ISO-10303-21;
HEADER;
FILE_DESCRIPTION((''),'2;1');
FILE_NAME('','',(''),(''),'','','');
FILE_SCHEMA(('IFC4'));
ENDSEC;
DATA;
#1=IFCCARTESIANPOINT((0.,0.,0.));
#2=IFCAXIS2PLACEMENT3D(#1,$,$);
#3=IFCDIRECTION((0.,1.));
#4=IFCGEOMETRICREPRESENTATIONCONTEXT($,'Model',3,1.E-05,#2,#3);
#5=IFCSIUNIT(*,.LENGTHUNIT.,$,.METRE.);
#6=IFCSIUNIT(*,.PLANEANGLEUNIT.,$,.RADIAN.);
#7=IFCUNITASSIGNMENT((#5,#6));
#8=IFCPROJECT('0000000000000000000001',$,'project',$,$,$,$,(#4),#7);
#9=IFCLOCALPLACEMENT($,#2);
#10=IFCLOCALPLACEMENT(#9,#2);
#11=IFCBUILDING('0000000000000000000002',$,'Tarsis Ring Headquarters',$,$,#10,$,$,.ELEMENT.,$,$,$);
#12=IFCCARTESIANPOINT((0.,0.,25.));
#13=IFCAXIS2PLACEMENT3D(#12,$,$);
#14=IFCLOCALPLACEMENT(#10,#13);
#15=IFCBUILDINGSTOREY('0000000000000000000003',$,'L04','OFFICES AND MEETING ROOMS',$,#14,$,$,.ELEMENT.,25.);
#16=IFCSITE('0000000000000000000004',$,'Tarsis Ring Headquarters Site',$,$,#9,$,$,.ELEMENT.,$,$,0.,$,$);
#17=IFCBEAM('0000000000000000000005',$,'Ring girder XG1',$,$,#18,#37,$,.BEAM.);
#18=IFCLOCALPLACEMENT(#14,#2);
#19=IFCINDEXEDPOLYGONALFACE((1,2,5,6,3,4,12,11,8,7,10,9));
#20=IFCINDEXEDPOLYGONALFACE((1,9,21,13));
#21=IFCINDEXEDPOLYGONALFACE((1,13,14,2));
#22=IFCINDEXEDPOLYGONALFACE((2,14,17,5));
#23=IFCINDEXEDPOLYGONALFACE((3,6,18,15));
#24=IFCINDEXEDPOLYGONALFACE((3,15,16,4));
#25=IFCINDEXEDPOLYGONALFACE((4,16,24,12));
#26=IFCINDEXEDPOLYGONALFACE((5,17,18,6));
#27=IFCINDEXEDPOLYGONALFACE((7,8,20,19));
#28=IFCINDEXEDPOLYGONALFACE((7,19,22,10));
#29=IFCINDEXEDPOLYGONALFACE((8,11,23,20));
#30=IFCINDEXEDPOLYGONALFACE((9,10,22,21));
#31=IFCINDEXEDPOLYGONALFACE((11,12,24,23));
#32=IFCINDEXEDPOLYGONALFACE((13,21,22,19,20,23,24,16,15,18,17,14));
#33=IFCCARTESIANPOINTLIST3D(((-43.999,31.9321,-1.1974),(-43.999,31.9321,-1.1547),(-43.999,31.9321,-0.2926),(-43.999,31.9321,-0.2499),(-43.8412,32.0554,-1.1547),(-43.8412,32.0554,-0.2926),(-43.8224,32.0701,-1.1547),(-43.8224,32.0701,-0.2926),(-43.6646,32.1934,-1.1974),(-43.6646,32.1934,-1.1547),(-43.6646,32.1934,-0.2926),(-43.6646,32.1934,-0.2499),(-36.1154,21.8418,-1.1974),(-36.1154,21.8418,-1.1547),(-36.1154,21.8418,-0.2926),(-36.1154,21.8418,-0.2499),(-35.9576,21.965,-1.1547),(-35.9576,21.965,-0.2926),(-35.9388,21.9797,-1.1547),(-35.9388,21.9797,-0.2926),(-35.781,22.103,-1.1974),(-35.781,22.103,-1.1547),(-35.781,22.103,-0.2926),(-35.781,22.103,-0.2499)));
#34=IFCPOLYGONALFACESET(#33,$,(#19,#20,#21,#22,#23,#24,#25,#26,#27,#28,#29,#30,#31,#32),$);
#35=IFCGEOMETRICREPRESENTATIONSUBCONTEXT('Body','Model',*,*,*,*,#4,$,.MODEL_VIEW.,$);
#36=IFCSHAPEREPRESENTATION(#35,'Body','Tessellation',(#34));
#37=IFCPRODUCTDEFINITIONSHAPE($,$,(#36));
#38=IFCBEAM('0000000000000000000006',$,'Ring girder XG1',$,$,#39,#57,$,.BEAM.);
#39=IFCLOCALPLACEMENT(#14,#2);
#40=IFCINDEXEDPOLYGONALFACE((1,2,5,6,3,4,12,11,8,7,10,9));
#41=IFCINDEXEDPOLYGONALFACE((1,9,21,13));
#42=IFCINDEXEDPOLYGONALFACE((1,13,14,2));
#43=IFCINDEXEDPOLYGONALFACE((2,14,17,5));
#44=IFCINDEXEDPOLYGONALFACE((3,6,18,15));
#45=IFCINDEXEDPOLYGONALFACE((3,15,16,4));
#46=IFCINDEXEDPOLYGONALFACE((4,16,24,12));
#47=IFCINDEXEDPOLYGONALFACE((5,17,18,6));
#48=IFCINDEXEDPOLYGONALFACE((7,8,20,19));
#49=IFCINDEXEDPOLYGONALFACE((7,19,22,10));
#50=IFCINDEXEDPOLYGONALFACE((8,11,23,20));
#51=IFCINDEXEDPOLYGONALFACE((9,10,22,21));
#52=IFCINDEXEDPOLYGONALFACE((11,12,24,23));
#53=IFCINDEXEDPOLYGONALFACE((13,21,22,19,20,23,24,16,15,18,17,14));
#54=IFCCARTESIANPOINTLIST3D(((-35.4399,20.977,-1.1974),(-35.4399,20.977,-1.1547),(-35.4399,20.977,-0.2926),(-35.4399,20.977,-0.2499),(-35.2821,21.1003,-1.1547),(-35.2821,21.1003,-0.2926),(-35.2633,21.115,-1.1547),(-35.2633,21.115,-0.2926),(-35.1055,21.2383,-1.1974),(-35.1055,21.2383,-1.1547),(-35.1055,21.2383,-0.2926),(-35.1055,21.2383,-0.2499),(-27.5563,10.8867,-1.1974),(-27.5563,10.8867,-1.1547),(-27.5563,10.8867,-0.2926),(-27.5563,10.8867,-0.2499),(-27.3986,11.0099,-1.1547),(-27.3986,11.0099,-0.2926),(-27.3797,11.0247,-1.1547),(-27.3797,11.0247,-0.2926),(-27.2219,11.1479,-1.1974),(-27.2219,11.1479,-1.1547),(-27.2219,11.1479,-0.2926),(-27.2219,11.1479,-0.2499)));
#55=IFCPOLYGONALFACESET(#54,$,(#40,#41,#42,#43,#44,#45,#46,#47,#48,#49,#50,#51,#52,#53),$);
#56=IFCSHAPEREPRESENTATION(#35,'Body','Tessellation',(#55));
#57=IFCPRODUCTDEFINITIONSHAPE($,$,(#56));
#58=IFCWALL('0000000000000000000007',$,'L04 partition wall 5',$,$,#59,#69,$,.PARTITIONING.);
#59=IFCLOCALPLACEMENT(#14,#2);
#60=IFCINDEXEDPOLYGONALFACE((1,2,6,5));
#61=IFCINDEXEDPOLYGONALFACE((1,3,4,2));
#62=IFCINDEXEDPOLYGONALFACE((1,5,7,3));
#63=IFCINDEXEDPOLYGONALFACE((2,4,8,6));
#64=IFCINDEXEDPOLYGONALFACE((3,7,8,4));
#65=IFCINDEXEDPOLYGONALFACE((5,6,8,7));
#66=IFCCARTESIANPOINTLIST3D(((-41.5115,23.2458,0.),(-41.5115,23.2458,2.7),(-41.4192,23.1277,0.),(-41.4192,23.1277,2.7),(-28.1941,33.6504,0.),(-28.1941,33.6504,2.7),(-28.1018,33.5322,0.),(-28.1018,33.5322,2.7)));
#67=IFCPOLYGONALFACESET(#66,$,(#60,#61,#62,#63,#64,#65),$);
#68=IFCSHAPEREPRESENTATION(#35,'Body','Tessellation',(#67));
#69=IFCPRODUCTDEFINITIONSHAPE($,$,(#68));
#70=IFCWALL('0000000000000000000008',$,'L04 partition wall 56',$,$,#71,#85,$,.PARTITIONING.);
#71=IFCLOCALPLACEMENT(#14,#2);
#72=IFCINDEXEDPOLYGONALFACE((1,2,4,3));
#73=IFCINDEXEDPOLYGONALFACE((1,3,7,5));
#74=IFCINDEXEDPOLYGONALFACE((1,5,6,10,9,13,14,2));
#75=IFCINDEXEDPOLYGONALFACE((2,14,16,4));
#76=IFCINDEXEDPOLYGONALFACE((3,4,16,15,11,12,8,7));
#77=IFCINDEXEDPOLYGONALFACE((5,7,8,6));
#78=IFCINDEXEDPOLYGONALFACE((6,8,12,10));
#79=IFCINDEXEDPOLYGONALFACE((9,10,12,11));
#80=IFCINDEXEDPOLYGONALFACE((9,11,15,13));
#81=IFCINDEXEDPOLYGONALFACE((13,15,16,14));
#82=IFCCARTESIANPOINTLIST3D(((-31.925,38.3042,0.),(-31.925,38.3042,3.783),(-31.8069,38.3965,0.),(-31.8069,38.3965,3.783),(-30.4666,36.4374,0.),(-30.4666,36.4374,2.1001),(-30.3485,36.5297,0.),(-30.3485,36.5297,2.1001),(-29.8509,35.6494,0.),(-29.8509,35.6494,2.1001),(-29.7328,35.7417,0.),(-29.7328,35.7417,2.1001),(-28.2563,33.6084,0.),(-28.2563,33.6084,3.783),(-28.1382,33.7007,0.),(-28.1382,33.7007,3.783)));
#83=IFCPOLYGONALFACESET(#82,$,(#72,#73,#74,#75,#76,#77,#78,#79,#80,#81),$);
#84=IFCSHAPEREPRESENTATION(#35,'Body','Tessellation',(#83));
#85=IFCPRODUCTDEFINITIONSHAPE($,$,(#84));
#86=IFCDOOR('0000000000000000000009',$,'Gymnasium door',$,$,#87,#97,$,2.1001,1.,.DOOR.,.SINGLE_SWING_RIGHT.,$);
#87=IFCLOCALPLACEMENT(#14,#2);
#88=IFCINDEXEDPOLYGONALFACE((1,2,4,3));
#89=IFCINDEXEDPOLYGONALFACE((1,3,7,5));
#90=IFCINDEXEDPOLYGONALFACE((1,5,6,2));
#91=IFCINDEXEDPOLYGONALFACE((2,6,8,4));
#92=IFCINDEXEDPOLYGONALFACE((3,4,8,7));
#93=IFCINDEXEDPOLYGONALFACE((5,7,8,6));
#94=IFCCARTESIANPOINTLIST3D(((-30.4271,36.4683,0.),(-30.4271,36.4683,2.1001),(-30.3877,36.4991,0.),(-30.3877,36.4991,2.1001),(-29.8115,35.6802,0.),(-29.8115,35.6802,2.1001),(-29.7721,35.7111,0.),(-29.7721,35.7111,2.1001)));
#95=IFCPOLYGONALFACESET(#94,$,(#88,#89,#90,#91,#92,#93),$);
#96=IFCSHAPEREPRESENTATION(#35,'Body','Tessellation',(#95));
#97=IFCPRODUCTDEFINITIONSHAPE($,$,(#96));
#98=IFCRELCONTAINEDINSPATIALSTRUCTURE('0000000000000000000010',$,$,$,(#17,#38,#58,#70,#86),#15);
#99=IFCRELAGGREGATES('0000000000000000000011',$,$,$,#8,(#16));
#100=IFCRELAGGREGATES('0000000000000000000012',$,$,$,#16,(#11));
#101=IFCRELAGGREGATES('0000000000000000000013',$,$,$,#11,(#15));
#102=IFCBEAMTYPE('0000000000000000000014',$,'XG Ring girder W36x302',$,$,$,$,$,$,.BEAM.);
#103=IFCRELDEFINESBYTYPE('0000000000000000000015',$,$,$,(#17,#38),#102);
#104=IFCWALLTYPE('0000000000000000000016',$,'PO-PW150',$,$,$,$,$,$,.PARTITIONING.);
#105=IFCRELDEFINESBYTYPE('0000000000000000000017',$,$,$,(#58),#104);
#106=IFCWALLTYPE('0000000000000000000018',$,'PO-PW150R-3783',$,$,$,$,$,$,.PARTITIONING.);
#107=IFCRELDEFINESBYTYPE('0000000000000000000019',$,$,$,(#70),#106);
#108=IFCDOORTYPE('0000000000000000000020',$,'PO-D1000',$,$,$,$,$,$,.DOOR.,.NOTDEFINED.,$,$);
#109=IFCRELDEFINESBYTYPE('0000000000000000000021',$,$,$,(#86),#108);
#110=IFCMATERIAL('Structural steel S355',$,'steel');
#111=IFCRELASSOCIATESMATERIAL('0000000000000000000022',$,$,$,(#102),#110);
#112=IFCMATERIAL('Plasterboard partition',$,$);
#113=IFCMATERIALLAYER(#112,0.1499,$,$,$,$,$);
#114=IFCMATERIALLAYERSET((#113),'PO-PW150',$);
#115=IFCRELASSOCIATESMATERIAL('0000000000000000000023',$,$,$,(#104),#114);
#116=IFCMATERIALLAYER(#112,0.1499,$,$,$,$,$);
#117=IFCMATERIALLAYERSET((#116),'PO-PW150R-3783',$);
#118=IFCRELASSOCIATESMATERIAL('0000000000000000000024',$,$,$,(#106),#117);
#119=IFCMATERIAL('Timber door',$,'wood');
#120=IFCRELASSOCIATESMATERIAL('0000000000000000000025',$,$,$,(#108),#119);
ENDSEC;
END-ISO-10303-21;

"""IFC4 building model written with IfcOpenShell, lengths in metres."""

from ifc_helpers import new_model, si_unit, direction, frame, frame_2d, origin, origin_2d, place, context, subcontext, project, spatial, rectangle, i_section, extrude, material, layer, layer_set, material_profile, profile_set, type_object, element, fill, save


model = new_model("IFC4")

# Units and contexts
model_context = context("Model", 3, precision=1e-05, world=origin(), true_north=direction((0.0, 1.0)))
body_context = subcontext(model_context, "Body", "Model", "MODEL_VIEW")
ifc_project = project(units=[si_unit("LENGTHUNIT", "METRE"), si_unit("PLANEANGLEUNIT", "RADIAN")], contexts=[model_context])

# Site, building, storey
site_placement = place(None, origin())
site = spatial("IfcSite", under=ifc_project, at=site_placement, Name="Tarsis Ring Headquarters Site", CompositionType="ELEMENT", RefElevation=0.0)
building_placement = place(site_placement, origin())
building = spatial("IfcBuilding", under=site, at=building_placement, Name="Tarsis Ring Headquarters", CompositionType="ELEMENT")
storey_placement = place(building_placement, frame((0.0, 0.0, 25.0)))
storey = spatial("IfcBuildingStorey", under=building, at=storey_placement, Name="L04", Description="OFFICES AND MEETING ROOMS", CompositionType="ELEMENT", Elevation=25.0)

# Beams
ifc_material_1 = material(Name="Structural steel S355", Category="steel")
ifc_material_profile_1 = material_profile(ifc_material_1, i_section(OverallWidth=0.4243, OverallDepth=0.9475, WebThickness=0.0239, FlangeThickness=0.0427, at=origin_2d()), Name="W36x302")
ifc_profile_set_1 = profile_set([ifc_material_profile_1], Name="Structural steel S355")
beam_type_1 = type_object("IfcBeamType", Name="XG Ring girder W36x302", PredefinedType="BEAM", material=ifc_profile_set_1)
for number, where, z_axis, x_axis, name in (
    (1, (-43.8318, 32.0627, -0.7236), (0.615667, -0.788006, 0.0), (0.788006, 0.615667, 0.0), "Ring girder XG1"),
    (2, (-35.2727, 21.1077, -0.7236), (0.615667, -0.788006, 0.0), (0.788006, 0.615667, 0.0), "Ring girder XG1"),
):
    element("IfcBeam", number, at=place(storey_placement, frame(where, z_axis=z_axis, x_axis=x_axis)), inside=storey, type_object=beam_type_1, Name=name, PredefinedType="BEAM", context=body_context, shape_type="SweptSolid", body=[
        extrude(i_section(OverallWidth=0.4243, OverallDepth=0.9475, WebThickness=0.0239, FlangeThickness=0.0427, at=origin_2d()), origin(), (0.0, 0.0, 1.0), 12.8049),
    ])

# Wall
ifc_material_2 = material(Name="Plasterboard partition")
ifc_layer_1 = layer(ifc_material_2, 0.1499)
ifc_layer_set_1 = layer_set([ifc_layer_1], Name="PO-PW150")
wall_type_1 = type_object("IfcWallType", Name="PO-PW150", PredefinedType="PARTITIONING", material=ifc_layer_set_1)
wall_1_placement = place(storey_placement, frame((-28.1479, 33.5913, 0.0), z_axis=(0.0, 0.0, 1.0), x_axis=(-0.788015, -0.615656, 0.0)))
element("IfcWall", 3, at=wall_1_placement, inside=storey, type_object=wall_type_1, Name="L04 partition wall 5", PredefinedType="PARTITIONING", context=body_context, shape_type="SweptSolid", body=[
    extrude(rectangle(XDim=16.8999, YDim=0.1499, at=frame_2d((8.45, 0.0))), origin(), (0.0, 0.0, 1.0), 2.7),
])

# Wall, opening, door
ifc_layer_2 = layer(ifc_material_2, 0.1499)
ifc_layer_set_2 = layer_set([ifc_layer_2], Name="PO-PW150R-3783")
wall_type_2 = type_object("IfcWallType", Name="PO-PW150R-3783", PredefinedType="PARTITIONING", material=ifc_layer_set_2)
wall_2_placement = place(storey_placement, frame((-28.1973, 33.6545, 0.0), z_axis=(0.0, 0.0, 1.0), x_axis=(-0.615655, 0.788016, 0.0)))
wall_2 = element("IfcWall", 4, at=wall_2_placement, inside=storey, type_object=wall_type_2, Name="L04 partition wall 56", PredefinedType="PARTITIONING", context=body_context, shape_type="SweptSolid", body=[
    extrude(rectangle(XDim=5.959, YDim=0.1499, at=frame_2d((2.9795, 0.0))), origin(), (0.0, 0.0, 1.0), 3.783),
])
opening_1_placement = place(wall_2_placement, frame((2.5901, 0.0, 0.0)))
opening_1 = element("IfcOpeningElement", 5, at=opening_1_placement, cuts=wall_2, PredefinedType="OPENING", context=body_context, shape_type="SweptSolid", body=[
    extrude(rectangle(XDim=1.0, YDim=2.1001, at=frame_2d((0.5, 1.05))), frame((0.0, 0.085, 0.0), z_axis=(0.0, -1.0, 0.0), x_axis=(1.0, 0.0, 0.0)), (0.0, 0.0, 1.0), 0.1699),
])
ifc_material_3 = material(Name="Timber door", Category="wood")
door_type = type_object("IfcDoorType", Name="PO-D1000", OperationType="NOTDEFINED", PredefinedType="DOOR", material=ifc_material_3)
door_placement = place(opening_1_placement, origin())
door = element("IfcDoor", 6, at=door_placement, inside=storey, type_object=door_type, Name="Gymnasium door", OperationType="SINGLE_SWING_RIGHT", OverallHeight=2.1001, OverallWidth=1.0, PredefinedType="DOOR", context=body_context, shape_type="SweptSolid", body=[
    extrude(rectangle(XDim=1.0, YDim=2.1001, at=frame_2d((0.5, 1.05))), frame((0.0, 0.0249, 0.0), z_axis=(0.0, -1.0, 0.0), x_axis=(1.0, 0.0, 0.0)), (0.0, 0.0, 1.0), 0.05),
])
fill(opening_1, door)

save(model, "model.ifc")
